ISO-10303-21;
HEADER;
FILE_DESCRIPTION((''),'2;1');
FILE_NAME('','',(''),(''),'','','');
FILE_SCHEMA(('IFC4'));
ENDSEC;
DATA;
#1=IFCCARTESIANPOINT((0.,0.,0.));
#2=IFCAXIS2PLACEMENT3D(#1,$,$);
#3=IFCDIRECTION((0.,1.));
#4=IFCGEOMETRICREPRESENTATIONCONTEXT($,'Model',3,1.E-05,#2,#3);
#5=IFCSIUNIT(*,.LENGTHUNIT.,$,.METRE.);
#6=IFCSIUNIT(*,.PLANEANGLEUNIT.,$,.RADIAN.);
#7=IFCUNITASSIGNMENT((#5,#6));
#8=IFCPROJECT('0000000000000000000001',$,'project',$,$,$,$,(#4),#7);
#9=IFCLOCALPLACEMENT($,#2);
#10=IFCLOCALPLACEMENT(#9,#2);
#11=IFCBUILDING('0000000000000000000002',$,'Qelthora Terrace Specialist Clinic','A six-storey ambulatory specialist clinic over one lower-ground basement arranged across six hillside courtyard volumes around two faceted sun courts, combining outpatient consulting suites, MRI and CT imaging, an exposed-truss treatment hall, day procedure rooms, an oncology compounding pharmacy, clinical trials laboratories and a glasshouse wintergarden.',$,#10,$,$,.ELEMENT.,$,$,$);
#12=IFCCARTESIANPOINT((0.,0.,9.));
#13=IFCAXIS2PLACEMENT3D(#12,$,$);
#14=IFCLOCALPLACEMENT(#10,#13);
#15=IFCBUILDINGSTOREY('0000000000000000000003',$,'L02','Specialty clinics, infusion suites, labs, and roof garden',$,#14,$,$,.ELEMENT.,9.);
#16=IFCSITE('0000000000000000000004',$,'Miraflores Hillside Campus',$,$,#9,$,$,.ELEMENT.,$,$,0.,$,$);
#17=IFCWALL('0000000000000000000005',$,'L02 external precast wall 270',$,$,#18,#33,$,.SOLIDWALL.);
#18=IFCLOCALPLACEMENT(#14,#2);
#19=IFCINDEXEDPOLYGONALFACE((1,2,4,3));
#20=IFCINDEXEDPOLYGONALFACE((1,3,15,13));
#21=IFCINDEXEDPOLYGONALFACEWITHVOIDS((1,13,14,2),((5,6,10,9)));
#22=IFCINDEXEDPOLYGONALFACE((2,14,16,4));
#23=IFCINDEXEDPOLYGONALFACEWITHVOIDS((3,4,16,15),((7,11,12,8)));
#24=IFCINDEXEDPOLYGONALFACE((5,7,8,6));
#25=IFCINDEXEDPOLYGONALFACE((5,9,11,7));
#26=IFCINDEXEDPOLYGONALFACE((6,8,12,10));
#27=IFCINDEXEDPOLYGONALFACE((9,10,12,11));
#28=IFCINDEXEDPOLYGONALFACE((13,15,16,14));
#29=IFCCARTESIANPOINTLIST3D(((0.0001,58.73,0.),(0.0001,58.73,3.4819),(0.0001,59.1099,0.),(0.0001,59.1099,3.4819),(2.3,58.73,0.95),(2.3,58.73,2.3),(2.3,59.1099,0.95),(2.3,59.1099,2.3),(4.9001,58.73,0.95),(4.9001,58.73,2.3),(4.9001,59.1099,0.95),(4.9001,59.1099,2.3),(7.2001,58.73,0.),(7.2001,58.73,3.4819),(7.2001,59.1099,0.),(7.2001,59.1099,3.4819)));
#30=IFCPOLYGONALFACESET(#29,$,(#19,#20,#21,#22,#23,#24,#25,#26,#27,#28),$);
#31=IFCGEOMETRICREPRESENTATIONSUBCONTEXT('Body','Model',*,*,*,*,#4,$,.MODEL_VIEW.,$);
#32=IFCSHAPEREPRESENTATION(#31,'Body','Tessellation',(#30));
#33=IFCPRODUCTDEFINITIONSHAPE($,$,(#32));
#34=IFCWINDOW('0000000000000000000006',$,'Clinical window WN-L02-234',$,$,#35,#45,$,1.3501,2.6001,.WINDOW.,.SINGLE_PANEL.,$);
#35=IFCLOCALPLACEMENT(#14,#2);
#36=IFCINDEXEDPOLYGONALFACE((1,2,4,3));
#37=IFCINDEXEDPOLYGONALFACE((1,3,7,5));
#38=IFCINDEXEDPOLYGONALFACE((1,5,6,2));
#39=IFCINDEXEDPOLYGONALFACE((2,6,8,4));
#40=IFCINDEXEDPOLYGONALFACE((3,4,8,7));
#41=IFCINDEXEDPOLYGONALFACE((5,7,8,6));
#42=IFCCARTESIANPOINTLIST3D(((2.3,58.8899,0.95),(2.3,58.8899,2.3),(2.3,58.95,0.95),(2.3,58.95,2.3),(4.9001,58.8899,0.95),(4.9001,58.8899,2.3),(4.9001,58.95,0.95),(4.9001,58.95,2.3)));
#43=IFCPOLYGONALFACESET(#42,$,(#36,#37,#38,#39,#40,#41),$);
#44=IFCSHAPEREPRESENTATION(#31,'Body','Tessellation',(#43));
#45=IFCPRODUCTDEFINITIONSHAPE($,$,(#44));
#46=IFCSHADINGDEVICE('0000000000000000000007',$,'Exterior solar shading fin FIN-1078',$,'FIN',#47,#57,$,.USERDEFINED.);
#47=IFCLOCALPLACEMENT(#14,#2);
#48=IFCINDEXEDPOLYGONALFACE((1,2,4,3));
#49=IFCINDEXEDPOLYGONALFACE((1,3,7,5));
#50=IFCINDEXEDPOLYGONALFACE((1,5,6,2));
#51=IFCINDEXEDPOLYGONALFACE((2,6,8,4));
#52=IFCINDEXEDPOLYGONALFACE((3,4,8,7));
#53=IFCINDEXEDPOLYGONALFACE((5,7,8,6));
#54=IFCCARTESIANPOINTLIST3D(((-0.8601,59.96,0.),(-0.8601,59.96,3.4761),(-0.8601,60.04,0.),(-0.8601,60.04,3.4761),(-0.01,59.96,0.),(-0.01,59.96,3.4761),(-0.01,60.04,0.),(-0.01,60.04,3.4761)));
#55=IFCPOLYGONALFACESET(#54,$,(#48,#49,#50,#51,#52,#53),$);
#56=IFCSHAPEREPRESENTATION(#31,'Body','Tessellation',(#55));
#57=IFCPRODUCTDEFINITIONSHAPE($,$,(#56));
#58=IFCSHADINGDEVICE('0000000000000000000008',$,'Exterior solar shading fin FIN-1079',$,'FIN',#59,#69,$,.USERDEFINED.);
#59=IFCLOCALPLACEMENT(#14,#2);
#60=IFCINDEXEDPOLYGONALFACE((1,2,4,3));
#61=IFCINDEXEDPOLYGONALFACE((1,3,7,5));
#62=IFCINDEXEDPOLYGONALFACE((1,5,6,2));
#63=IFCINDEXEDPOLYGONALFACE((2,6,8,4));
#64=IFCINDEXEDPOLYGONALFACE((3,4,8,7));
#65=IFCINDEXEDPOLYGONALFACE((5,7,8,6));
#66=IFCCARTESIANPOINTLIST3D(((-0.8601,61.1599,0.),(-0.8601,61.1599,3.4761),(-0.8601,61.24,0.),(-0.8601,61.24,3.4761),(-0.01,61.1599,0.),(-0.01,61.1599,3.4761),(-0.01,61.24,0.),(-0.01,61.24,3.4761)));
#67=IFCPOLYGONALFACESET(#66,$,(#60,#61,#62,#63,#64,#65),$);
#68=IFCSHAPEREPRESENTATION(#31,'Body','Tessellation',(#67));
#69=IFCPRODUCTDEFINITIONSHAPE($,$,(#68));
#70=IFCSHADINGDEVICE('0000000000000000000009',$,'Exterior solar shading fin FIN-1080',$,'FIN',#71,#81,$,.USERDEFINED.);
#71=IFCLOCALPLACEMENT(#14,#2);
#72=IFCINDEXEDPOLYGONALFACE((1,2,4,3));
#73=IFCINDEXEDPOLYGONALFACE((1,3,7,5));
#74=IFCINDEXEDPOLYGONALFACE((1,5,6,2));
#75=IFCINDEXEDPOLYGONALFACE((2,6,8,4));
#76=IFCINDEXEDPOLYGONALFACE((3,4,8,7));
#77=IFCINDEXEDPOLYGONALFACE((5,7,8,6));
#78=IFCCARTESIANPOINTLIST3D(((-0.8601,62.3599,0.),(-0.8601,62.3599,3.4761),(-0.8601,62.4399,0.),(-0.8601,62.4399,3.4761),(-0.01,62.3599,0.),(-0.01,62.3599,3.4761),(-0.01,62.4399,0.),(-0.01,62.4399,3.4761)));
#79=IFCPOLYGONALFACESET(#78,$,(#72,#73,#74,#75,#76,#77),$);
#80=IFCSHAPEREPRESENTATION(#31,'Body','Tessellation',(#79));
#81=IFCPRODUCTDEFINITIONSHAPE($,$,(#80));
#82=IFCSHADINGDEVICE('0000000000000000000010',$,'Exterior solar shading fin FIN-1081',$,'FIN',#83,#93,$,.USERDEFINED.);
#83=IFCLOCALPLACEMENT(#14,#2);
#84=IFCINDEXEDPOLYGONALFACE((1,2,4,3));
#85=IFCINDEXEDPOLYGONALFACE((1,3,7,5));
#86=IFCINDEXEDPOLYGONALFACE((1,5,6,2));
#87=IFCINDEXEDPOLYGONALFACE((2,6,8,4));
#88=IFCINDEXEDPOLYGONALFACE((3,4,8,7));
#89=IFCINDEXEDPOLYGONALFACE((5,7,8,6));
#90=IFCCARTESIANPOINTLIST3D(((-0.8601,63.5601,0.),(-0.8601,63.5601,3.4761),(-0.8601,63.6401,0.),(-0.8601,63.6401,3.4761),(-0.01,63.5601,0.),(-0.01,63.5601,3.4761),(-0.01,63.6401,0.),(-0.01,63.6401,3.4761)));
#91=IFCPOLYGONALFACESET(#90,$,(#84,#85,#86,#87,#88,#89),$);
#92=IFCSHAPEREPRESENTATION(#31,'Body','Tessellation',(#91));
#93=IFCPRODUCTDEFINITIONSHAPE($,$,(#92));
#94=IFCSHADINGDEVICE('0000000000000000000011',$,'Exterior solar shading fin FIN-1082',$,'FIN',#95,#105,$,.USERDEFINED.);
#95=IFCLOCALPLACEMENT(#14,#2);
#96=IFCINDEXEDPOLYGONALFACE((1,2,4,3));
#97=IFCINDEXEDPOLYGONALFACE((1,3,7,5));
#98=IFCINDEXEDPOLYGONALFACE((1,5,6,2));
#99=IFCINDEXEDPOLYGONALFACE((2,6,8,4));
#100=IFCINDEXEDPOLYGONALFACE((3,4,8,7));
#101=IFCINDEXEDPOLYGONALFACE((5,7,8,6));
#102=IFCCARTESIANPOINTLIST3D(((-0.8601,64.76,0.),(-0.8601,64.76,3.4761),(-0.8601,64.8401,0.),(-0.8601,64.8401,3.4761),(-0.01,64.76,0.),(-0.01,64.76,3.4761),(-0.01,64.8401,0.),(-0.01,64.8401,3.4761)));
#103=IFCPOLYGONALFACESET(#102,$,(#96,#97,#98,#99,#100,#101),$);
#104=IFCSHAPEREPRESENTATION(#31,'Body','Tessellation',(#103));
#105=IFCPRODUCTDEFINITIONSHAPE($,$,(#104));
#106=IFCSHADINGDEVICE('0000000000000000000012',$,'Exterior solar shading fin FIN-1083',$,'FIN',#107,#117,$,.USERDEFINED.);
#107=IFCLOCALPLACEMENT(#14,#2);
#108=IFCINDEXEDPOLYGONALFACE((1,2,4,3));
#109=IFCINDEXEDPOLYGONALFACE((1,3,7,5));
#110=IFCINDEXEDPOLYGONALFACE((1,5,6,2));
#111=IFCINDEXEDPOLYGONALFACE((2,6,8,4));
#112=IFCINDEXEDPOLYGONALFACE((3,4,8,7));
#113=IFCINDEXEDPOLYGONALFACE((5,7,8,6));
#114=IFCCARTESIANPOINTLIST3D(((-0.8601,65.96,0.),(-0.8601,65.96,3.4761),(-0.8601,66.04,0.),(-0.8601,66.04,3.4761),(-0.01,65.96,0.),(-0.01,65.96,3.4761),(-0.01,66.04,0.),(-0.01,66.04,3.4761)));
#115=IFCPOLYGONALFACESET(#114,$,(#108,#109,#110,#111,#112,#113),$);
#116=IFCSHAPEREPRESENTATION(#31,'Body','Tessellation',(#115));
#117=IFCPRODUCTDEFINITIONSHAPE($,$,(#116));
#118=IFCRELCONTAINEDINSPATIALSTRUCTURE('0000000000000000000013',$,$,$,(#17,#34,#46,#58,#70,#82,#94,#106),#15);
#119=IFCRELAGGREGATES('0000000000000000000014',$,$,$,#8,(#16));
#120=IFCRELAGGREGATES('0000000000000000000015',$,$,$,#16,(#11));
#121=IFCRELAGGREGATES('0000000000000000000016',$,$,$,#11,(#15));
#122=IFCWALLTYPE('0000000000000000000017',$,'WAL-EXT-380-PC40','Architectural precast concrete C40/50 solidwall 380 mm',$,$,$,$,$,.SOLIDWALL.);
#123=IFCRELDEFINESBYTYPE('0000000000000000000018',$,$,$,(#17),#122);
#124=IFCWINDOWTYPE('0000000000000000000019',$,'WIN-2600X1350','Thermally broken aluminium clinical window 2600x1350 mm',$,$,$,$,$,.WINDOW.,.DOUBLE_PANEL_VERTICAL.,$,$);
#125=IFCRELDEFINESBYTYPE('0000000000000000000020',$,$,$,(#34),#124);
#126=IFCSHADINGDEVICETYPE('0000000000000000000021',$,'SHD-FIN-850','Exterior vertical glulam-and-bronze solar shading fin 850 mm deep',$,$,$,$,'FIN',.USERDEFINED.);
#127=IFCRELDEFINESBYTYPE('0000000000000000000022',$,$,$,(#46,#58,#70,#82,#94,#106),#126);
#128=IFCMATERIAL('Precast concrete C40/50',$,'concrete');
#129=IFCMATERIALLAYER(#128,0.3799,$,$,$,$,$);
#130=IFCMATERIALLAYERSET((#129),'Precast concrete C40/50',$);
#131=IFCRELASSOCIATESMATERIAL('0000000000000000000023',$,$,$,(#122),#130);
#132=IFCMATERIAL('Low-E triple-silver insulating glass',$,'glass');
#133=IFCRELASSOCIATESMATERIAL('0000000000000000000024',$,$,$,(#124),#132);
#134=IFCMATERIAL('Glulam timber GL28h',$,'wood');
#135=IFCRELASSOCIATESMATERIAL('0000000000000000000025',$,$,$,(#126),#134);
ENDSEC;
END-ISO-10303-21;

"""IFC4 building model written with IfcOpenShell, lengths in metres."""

from ifc_helpers import new_model, si_unit, direction, frame, frame_2d, origin, origin_2d, place, context, subcontext, project, spatial, rectangle, extrude, material, layer, layer_set, type_object, element, fill, save


model = new_model("IFC4")

# Units and contexts
model_context = context("Model", 3, precision=1e-05, world=origin(), true_north=direction((0.0, 1.0)))
body_context = subcontext(model_context, "Body", "Model", "MODEL_VIEW")
ifc_project = project(units=[si_unit("LENGTHUNIT", "METRE"), si_unit("PLANEANGLEUNIT", "RADIAN")], contexts=[model_context])

# Site, building, storey
site_placement = place(None, origin())
site = spatial("IfcSite", under=ifc_project, at=site_placement, Name="Miraflores Hillside Campus", CompositionType="ELEMENT", RefElevation=0.0)
building_placement = place(site_placement, origin())
building = spatial("IfcBuilding", under=site, at=building_placement, Name="Qelthora Terrace Specialist Clinic", Description="A six-storey ambulatory specialist clinic over one lower-ground basement arranged across six hillside courtyard volumes around two faceted sun courts, combining outpatient consulting suites, MRI and CT imaging, an exposed-truss treatment hall, day procedure rooms, an oncology compounding pharmacy, clinical trials laboratories and a glasshouse wintergarden.", CompositionType="ELEMENT")
storey_placement = place(building_placement, frame((0.0, 0.0, 9.0)))
storey = spatial("IfcBuildingStorey", under=building, at=storey_placement, Name="L02", Description="Specialty clinics, infusion suites, labs, and roof garden", CompositionType="ELEMENT", Elevation=9.0)

# Wall, opening, window
ifc_material_1 = material(Name="Precast concrete C40/50", Category="concrete")
ifc_material_2 = material(Name="Low-E triple-silver insulating glass", Category="glass")
ifc_layer_1 = layer(ifc_material_1, 0.3799)
ifc_layer_set_1 = layer_set([ifc_layer_1], Name="Precast concrete C40/50")
wall_type_1 = type_object("IfcWallType", Name="WAL-EXT-380-PC40", Description="Architectural precast concrete C40/50 solidwall 380 mm", PredefinedType="SOLIDWALL", material=ifc_layer_set_1)
wall_1_placement = place(storey_placement, frame((0.0, 58.9199, 0.0), z_axis=(0.0, 0.0, 1.0), x_axis=(1.0, 0.0, 0.0)))
wall_1 = element("IfcWall", 1, at=wall_1_placement, inside=storey, type_object=wall_type_1, Name="L02 external precast wall 270", PredefinedType="SOLIDWALL", context=body_context, shape_type="SweptSolid", body=[
    extrude(rectangle(XDim=7.2, YDim=0.3799, at=frame_2d((3.6001, 0.0))), origin(), (0.0, 0.0, 1.0), 3.4819),
])
opening_1_placement = place(wall_1_placement, frame((2.3, 0.0, 0.95)))
opening_1 = element("IfcOpeningElement", 2, at=opening_1_placement, cuts=wall_1, PredefinedType="OPENING", context=body_context, shape_type="SweptSolid", body=[
    extrude(rectangle(XDim=2.6001, YDim=1.3501, at=frame_2d((1.3, 0.675))), frame((0.0, 0.2, 0.0), z_axis=(0.0, -1.0, 0.0), x_axis=(1.0, 0.0, 0.0)), (0.0, 0.0, 1.0), 0.3999),
])
window_type_1 = type_object("IfcWindowType", Name="WIN-2600X1350", Description="Thermally broken aluminium clinical window 2600x1350 mm", PartitioningType="DOUBLE_PANEL_VERTICAL", PredefinedType="WINDOW", material=ifc_material_2)
window_1_placement = place(opening_1_placement, origin())
window_1 = element("IfcWindow", 3, at=window_1_placement, inside=storey, type_object=window_type_1, Name="Clinical window WN-L02-234", OverallHeight=1.3501, OverallWidth=2.6001, PartitioningType="SINGLE_PANEL", PredefinedType="WINDOW", context=body_context, shape_type="SweptSolid", body=[
    extrude(rectangle(XDim=2.6001, YDim=1.3501, at=frame_2d((1.3, 0.675))), frame((0.0, 0.03, 0.0), z_axis=(0.0, -1.0, 0.0), x_axis=(1.0, 0.0, 0.0)), (0.0, 0.0, 1.0), 0.0601),
])
fill(opening_1, window_1)

# Shading devices
ifc_material_3 = material(Name="Glulam timber GL28h", Category="wood")
shading_device_type = type_object("IfcShadingDeviceType", Name="SHD-FIN-850", Description="Exterior vertical glulam-and-bronze solar shading fin 850 mm deep", ElementType="FIN", PredefinedType="USERDEFINED", material=ifc_material_3)
for number, where, z_axis, x_axis, name in (
    (4, (-0.4351, 60.0, 0.0), (0.0, 0.0, 1.0), (-1.0, 0.0, 0.0), "Exterior solar shading fin FIN-1078"),
    (5, (-0.4351, 61.2, 0.0), (0.0, 0.0, 1.0), (-1.0, 0.0, 0.0), "Exterior solar shading fin FIN-1079"),
    (6, (-0.4351, 62.3999, 0.0), (0.0, 0.0, 1.0), (-1.0, 0.0, 0.0), "Exterior solar shading fin FIN-1080"),
    (7, (-0.4351, 63.6001, 0.0), (0.0, 0.0, 1.0), (-1.0, 0.0, 0.0), "Exterior solar shading fin FIN-1081"),
    (8, (-0.4351, 64.8, 0.0), (0.0, 0.0, 1.0), (-1.0, 0.0, 0.0), "Exterior solar shading fin FIN-1082"),
    (9, (-0.4351, 66.0, 0.0), (0.0, 0.0, 1.0), (-1.0, 0.0, 0.0), "Exterior solar shading fin FIN-1083"),
):
    element("IfcShadingDevice", number, at=place(storey_placement, frame(where, z_axis=z_axis, x_axis=x_axis)), inside=storey, type_object=shading_device_type, Name=name, ObjectType="FIN", PredefinedType="USERDEFINED", context=body_context, shape_type="SweptSolid", body=[
        extrude(rectangle(XDim=0.8501, YDim=0.0801, at=origin_2d()), origin(), (0.0, 0.0, 1.0), 3.4761),
    ])

save(model, "model.ifc")
